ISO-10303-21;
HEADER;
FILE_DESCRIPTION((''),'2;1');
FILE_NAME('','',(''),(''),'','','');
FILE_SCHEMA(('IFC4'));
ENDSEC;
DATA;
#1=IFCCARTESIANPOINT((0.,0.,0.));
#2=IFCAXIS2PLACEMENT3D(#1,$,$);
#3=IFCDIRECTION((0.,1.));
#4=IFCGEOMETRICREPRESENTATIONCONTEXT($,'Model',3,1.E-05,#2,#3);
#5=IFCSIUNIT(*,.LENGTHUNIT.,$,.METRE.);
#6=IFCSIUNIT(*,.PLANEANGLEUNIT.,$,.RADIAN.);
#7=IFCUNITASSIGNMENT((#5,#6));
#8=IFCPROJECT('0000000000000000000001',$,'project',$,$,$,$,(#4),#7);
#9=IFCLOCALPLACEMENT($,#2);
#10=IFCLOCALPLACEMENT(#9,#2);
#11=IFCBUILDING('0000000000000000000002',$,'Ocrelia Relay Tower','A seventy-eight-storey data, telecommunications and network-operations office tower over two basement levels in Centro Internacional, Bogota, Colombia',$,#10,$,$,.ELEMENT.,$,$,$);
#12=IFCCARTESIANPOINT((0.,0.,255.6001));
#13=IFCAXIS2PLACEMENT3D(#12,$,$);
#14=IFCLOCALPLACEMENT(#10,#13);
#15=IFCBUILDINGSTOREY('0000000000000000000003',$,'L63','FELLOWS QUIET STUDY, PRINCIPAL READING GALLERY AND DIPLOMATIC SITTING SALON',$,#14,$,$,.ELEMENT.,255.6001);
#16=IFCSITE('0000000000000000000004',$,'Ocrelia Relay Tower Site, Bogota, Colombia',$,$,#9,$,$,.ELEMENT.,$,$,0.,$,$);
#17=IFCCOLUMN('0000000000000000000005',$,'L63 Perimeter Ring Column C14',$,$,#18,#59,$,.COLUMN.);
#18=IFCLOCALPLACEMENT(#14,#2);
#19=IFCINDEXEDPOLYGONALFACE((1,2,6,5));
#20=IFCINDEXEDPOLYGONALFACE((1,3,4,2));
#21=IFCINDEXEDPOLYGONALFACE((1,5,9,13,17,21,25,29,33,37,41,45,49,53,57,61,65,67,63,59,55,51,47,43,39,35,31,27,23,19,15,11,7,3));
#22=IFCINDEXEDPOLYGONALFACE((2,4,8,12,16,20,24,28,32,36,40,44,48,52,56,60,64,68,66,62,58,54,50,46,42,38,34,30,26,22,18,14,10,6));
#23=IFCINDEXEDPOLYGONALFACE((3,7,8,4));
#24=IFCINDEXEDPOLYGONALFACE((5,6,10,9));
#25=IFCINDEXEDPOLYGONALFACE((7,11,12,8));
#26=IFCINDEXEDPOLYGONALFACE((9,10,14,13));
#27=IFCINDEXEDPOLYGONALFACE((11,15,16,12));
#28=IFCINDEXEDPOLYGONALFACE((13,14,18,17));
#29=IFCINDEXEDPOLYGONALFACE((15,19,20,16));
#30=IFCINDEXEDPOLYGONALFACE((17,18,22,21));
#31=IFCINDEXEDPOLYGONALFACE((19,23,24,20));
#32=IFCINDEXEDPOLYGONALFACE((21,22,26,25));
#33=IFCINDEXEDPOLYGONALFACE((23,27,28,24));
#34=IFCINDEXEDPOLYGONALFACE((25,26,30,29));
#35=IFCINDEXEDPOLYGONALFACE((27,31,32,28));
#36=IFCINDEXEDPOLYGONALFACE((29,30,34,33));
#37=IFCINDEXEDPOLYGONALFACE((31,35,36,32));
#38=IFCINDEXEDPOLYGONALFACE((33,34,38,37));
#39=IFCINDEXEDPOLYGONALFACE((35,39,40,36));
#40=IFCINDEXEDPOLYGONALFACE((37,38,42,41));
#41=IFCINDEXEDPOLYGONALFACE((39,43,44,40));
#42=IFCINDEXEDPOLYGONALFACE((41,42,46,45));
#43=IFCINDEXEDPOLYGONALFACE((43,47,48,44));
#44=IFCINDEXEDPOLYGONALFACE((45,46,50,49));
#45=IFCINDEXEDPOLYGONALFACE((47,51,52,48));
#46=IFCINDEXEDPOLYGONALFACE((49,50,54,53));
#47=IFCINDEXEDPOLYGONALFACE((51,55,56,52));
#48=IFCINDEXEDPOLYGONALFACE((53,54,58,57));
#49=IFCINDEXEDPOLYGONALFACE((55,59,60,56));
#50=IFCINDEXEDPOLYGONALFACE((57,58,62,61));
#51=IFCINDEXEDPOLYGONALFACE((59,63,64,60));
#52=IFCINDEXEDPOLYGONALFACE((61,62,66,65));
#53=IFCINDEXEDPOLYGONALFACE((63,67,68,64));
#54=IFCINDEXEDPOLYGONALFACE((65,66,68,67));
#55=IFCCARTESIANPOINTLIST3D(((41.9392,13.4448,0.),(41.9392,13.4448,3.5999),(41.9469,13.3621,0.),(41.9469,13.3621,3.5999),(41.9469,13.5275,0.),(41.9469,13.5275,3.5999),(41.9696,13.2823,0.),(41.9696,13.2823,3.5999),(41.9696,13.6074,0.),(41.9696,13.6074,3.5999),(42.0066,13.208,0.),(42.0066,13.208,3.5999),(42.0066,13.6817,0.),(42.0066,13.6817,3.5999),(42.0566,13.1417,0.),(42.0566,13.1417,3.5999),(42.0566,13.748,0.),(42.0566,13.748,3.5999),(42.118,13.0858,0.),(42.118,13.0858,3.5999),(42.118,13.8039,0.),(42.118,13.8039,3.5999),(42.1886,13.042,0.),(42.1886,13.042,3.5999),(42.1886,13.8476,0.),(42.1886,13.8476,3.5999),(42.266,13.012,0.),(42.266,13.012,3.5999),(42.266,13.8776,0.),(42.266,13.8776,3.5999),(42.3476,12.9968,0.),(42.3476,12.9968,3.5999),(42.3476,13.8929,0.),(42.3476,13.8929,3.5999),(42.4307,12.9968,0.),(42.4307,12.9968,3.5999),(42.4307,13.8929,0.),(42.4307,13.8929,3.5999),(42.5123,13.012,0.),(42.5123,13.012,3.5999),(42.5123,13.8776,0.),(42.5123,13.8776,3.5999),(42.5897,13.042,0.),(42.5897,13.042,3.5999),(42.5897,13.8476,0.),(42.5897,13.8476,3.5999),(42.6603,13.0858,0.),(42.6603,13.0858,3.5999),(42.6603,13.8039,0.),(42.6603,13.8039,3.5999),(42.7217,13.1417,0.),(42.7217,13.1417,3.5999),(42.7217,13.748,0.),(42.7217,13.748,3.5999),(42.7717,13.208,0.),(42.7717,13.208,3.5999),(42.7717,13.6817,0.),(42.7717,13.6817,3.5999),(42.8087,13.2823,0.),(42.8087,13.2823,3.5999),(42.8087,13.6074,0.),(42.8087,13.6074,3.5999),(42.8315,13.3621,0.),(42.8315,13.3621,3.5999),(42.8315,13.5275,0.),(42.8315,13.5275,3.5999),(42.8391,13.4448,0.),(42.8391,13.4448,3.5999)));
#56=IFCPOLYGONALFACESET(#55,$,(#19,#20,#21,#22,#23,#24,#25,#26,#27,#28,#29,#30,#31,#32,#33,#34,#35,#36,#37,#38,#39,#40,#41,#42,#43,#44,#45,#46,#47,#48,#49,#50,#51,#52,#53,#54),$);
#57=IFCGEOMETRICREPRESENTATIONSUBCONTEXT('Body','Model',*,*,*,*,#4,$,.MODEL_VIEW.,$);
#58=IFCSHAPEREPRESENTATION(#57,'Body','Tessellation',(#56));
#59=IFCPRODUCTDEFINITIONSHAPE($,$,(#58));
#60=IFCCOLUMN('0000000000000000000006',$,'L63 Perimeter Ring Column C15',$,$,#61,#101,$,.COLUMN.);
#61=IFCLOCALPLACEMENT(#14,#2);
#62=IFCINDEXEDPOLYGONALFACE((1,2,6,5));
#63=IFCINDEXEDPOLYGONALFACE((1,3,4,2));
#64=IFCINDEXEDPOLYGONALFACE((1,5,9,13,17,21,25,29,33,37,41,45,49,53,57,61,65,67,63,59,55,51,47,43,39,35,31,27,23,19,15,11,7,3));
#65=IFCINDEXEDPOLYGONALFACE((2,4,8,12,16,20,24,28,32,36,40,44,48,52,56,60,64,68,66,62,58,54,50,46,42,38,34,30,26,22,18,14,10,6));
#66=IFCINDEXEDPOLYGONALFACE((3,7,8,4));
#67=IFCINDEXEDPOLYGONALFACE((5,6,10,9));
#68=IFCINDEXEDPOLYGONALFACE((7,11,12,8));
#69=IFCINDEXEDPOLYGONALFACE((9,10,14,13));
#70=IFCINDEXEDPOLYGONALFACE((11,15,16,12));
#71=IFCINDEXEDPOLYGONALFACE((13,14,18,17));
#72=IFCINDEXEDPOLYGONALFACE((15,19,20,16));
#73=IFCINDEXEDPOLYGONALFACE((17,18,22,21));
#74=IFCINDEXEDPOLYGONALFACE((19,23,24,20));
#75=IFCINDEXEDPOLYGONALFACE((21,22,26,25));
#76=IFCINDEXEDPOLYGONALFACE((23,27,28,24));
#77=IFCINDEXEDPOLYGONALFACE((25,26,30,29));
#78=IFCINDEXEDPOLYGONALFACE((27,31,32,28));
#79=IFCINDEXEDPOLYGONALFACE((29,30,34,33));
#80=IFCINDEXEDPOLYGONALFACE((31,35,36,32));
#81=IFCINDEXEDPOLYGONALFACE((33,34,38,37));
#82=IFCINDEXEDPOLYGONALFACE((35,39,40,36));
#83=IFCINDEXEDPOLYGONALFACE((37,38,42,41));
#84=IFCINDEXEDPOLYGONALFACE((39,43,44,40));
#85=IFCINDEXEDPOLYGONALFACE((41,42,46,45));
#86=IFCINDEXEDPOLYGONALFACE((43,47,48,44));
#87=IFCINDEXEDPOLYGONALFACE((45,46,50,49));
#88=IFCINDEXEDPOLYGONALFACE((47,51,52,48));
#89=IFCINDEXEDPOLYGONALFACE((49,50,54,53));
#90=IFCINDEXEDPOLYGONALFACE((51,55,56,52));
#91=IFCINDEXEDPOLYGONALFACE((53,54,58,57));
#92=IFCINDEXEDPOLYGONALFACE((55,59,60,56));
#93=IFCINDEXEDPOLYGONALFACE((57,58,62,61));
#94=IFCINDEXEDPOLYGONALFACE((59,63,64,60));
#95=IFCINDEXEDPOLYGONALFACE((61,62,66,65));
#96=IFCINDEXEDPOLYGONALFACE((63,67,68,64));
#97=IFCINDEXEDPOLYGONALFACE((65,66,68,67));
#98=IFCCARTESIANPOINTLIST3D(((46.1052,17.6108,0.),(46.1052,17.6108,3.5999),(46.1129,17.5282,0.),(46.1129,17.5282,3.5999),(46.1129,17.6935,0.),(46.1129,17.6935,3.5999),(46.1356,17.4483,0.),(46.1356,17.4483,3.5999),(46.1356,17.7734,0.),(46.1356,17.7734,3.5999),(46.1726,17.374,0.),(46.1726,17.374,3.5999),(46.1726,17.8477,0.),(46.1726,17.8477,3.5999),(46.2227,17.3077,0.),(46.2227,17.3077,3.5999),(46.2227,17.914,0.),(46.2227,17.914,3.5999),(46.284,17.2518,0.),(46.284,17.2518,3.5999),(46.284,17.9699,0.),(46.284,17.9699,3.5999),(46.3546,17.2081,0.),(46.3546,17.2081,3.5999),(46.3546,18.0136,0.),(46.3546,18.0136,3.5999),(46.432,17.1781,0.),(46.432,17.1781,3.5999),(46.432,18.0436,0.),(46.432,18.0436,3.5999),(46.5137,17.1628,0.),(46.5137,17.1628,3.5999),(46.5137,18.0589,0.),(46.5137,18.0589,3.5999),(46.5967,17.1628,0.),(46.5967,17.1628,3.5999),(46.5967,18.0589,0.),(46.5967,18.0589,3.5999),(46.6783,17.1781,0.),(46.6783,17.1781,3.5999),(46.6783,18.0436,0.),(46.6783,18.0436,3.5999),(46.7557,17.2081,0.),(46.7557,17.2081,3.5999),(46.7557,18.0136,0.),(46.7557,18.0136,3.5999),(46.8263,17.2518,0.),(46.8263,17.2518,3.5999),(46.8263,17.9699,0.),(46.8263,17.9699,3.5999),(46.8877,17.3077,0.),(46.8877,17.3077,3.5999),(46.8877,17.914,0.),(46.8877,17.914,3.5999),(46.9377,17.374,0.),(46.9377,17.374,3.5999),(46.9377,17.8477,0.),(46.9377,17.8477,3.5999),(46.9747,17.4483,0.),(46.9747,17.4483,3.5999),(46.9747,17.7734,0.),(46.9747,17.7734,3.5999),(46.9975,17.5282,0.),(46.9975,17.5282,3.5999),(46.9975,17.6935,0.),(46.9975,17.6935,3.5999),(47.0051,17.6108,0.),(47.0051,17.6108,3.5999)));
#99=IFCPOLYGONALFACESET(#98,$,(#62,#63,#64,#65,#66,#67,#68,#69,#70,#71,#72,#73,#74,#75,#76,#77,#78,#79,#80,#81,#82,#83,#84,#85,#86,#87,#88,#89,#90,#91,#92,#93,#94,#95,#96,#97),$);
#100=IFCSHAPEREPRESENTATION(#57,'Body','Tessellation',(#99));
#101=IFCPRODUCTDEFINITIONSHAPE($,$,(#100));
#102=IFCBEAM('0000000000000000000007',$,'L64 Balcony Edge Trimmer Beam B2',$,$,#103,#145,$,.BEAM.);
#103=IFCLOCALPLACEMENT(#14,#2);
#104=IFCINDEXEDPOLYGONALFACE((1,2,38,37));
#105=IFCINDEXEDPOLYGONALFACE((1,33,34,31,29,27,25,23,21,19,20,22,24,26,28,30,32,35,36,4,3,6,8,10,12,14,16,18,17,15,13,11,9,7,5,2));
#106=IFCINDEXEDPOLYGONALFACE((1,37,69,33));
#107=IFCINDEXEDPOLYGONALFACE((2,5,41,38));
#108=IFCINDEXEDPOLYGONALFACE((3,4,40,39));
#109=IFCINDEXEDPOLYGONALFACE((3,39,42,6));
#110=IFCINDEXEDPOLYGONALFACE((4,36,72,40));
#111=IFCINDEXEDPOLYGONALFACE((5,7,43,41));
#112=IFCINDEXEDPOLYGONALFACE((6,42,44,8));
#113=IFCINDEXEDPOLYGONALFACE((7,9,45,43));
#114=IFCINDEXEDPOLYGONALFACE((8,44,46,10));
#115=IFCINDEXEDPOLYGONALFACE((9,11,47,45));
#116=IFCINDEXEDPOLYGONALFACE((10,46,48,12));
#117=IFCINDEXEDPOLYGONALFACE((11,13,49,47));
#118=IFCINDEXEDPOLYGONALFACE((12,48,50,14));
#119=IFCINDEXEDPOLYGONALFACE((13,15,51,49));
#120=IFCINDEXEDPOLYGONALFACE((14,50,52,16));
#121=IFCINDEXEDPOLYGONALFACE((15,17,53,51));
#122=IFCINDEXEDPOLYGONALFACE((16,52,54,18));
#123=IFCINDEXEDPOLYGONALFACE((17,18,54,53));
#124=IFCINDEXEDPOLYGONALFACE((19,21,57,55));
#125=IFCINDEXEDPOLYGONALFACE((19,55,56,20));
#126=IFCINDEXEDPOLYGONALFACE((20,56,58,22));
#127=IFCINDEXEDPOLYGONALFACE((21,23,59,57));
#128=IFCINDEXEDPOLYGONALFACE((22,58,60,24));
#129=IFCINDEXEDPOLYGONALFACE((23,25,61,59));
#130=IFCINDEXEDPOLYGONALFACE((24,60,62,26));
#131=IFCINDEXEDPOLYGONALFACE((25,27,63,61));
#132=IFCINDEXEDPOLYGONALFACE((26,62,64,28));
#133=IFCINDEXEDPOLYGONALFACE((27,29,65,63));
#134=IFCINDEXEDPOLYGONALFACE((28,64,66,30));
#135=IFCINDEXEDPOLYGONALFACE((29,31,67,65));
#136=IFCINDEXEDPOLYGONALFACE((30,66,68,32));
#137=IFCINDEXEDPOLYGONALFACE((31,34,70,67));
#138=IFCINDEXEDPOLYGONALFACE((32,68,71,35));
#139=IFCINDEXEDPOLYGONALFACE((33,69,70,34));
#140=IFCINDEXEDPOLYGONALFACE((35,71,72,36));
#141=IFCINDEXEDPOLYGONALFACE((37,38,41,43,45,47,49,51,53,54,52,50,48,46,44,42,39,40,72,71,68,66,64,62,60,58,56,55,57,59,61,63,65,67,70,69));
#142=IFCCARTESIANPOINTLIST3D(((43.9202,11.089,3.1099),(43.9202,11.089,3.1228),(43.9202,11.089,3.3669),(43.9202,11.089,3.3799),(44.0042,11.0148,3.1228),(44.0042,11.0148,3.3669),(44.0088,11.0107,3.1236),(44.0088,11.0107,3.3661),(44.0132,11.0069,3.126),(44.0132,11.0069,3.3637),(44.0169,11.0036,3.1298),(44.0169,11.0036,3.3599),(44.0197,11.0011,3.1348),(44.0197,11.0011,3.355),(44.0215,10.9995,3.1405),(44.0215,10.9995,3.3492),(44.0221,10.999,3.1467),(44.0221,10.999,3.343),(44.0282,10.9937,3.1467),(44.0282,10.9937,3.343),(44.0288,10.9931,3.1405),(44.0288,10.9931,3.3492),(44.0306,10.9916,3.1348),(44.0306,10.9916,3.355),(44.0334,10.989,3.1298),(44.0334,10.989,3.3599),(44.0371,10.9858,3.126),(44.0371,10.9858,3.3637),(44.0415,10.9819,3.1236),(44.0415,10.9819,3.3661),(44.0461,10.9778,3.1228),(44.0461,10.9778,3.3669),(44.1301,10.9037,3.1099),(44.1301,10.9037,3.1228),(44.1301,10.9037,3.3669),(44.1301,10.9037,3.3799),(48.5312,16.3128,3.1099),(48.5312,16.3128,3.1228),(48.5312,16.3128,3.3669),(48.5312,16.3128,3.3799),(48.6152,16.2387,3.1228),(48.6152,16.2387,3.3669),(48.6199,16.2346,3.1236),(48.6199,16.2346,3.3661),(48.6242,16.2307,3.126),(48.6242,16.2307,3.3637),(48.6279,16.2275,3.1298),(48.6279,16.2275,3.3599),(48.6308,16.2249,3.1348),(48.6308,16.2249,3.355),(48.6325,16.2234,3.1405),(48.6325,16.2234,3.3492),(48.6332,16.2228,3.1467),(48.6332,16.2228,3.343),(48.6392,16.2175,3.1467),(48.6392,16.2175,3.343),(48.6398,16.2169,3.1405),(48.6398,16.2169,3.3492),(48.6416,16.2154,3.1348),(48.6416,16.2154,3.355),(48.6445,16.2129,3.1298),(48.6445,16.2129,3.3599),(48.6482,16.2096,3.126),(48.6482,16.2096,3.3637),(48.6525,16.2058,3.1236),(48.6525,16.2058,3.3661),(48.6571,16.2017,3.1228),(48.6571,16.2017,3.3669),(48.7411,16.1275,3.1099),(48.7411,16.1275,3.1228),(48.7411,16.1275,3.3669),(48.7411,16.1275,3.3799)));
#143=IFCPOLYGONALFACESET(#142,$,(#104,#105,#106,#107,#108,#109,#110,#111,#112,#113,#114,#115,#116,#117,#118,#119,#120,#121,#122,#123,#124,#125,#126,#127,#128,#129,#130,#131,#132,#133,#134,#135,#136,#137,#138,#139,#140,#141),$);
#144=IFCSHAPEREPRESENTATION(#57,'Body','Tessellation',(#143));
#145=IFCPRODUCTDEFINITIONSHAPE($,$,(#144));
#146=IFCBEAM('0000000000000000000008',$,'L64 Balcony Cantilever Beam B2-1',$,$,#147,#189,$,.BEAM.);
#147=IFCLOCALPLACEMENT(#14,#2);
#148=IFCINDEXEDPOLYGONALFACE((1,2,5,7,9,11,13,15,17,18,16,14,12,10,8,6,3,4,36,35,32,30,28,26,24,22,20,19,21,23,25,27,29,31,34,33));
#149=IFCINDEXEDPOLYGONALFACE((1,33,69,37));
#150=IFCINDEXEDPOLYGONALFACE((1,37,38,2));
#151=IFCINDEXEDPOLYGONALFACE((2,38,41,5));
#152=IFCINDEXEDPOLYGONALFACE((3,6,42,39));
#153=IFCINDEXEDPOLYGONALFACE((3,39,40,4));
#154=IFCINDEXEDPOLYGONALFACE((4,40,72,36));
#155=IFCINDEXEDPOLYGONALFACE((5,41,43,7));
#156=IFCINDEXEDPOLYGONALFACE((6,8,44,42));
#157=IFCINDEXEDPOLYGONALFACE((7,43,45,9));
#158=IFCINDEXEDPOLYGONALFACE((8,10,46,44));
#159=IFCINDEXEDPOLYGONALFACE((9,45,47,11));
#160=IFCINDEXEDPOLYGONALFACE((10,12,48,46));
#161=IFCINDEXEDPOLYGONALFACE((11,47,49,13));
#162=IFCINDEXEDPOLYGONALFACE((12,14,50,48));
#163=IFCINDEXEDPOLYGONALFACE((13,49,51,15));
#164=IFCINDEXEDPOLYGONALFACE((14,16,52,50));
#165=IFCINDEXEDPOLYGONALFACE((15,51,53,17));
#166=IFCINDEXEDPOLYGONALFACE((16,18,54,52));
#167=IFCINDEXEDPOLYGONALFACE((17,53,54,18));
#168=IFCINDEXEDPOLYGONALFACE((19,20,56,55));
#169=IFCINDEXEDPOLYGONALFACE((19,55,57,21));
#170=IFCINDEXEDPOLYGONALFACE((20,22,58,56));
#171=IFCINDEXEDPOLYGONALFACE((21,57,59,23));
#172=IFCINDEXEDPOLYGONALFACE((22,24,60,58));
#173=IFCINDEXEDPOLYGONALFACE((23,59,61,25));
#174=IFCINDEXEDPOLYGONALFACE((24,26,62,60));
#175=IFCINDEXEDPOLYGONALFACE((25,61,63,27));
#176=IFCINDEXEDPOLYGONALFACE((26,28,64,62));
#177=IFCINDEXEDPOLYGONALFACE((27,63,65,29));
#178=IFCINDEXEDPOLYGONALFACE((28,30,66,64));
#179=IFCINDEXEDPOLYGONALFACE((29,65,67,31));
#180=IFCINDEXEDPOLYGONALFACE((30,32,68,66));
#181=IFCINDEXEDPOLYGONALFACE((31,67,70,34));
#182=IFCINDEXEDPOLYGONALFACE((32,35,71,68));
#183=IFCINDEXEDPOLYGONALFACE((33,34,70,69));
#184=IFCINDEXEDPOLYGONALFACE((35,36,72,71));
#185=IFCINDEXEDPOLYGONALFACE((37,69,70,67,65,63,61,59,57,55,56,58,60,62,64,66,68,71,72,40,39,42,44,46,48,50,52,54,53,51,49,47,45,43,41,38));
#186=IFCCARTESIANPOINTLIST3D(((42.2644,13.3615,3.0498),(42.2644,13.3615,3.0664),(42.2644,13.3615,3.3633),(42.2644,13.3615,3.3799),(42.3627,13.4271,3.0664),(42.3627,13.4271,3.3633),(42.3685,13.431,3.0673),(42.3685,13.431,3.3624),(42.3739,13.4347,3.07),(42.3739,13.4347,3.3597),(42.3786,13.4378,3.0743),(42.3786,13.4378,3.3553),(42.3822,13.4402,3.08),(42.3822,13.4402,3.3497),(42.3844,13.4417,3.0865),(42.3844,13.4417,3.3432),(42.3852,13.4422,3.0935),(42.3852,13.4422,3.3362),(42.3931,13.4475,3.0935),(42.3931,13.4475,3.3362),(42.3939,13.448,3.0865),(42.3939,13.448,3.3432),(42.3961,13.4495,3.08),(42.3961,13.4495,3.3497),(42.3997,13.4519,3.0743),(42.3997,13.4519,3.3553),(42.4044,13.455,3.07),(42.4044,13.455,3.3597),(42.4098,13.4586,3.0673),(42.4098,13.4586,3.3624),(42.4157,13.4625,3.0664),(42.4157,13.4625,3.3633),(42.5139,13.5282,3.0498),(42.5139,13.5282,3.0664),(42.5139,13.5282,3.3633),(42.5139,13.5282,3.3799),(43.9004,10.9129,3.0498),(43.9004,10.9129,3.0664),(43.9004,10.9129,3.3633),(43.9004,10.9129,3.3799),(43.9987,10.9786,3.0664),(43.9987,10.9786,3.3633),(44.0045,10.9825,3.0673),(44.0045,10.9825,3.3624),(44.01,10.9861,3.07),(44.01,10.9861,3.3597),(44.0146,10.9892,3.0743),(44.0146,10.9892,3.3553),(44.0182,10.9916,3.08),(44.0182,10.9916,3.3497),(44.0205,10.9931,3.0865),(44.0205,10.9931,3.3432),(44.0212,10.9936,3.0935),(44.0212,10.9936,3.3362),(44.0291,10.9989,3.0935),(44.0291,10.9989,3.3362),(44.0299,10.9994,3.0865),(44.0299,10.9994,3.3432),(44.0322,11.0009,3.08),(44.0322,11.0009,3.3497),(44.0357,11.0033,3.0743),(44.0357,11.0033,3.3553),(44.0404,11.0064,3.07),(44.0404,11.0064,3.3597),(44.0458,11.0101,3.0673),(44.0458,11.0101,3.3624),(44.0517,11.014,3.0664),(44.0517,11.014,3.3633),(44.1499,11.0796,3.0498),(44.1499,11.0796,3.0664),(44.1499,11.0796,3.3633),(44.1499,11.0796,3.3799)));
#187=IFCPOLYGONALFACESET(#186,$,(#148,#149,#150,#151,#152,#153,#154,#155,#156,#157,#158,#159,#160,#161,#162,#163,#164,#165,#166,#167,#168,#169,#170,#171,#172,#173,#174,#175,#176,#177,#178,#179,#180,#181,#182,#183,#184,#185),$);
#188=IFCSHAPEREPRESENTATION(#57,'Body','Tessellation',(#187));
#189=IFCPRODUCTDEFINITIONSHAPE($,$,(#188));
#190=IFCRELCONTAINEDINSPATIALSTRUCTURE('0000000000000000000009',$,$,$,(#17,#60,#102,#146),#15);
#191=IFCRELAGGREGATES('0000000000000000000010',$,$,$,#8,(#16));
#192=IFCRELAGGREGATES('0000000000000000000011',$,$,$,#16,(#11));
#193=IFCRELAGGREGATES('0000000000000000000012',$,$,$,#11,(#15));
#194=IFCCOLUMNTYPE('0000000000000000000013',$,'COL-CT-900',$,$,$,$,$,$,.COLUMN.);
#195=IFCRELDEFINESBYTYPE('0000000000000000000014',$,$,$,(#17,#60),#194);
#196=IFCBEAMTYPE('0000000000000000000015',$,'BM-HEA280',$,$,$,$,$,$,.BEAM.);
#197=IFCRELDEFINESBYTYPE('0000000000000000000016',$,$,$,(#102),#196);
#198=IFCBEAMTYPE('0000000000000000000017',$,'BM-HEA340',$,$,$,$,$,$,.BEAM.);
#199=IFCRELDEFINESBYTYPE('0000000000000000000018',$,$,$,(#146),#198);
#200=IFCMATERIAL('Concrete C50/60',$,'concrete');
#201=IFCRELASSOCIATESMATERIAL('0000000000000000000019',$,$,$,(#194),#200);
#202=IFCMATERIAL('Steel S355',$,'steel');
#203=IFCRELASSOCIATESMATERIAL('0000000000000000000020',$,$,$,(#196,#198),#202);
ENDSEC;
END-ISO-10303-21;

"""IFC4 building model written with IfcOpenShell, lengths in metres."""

from ifc_helpers import new_model, si_unit, direction, frame, origin, origin_2d, place, context, subcontext, project, spatial, circle, i_section, extrude, material, material_profile, profile_set, type_object, element, save


model = new_model("IFC4")

# Units and contexts
model_context = context("Model", 3, precision=1e-05, world=origin(), true_north=direction((0.0, 1.0)))
body_context = subcontext(model_context, "Body", "Model", "MODEL_VIEW")
ifc_project = project(units=[si_unit("LENGTHUNIT", "METRE"), si_unit("PLANEANGLEUNIT", "RADIAN")], contexts=[model_context])

# Site, building, storey
site_placement = place(None, origin())
site = spatial("IfcSite", under=ifc_project, at=site_placement, Name="Ocrelia Relay Tower Site, Bogota, Colombia", CompositionType="ELEMENT", RefElevation=0.0)
building_placement = place(site_placement, origin())
building = spatial("IfcBuilding", under=site, at=building_placement, Name="Ocrelia Relay Tower", Description="A seventy-eight-storey data, telecommunications and network-operations office tower over two basement levels in Centro Internacional, Bogota, Colombia", CompositionType="ELEMENT")
storey_placement = place(building_placement, frame((0.0, 0.0, 255.6001)))
storey = spatial("IfcBuildingStorey", under=building, at=storey_placement, Name="L63", Description="FELLOWS QUIET STUDY, PRINCIPAL READING GALLERY AND DIPLOMATIC SITTING SALON", CompositionType="ELEMENT", Elevation=255.6001)

# Columns
ifc_material_1 = material(Name="Concrete C50/60", Category="concrete")
ifc_material_profile_1 = material_profile(ifc_material_1, circle(Radius=0.45, at=origin_2d()), Name="RC-CIR-900")
ifc_profile_set_1 = profile_set([ifc_material_profile_1], Name="Concrete C50/60")
column_type = type_object("IfcColumnType", Name="COL-CT-900", PredefinedType="COLUMN", material=ifc_profile_set_1)
for number, where, z_axis, x_axis, name in (
    (1, (42.3892, 13.4448, 0.0), (0.0, 0.0, 1.0), (1.0, 0.0, 0.0), "L63 Perimeter Ring Column C14"),
    (2, (46.5552, 17.6108, 0.0), (0.0, 0.0, 1.0), (1.0, 0.0, 0.0), "L63 Perimeter Ring Column C15"),
):
    element("IfcColumn", number, at=place(storey_placement, frame(where, z_axis=z_axis, x_axis=x_axis)), inside=storey, type_object=column_type, Name=name, PredefinedType="COLUMN", context=body_context, shape_type="SweptSolid", body=[
        extrude(circle(Radius=0.45, at=origin_2d()), origin(), (0.0, 0.0, 1.0), 3.5999),
    ])

# Beams
ifc_material_2 = material(Name="Steel S355", Category="steel")
ifc_material_profile_2 = material_profile(ifc_material_2, i_section(OverallWidth=0.28, OverallDepth=0.27, WebThickness=0.0081, FlangeThickness=0.0129, FilletRadius=0.0239, at=origin_2d()), Name="HEA 280")
ifc_profile_set_2 = profile_set([ifc_material_profile_2], Name="Steel S355")
beam_type_1 = type_object("IfcBeamType", Name="BM-HEA280", PredefinedType="BEAM", material=ifc_profile_set_2)
beam_1_placement = place(storey_placement, frame((44.0251, 10.9963, 3.2449), z_axis=(0.661765, 0.749711, 0.0), x_axis=(-0.749711, 0.661765, 0.0)))
element("IfcBeam", 3, at=beam_1_placement, inside=storey, type_object=beam_type_1, Name="L64 Balcony Edge Trimmer Beam B2", PredefinedType="BEAM", context=body_context, shape_type="SweptSolid", body=[
    extrude(i_section(OverallWidth=0.28, OverallDepth=0.27, WebThickness=0.0081, FlangeThickness=0.0129, FilletRadius=0.0239, at=origin_2d()), origin(), (0.0, 0.0, 1.0), 6.9678),
])
ifc_material_profile_3 = material_profile(ifc_material_2, i_section(OverallWidth=0.3, OverallDepth=0.3301, WebThickness=0.0095, FlangeThickness=0.0166, FilletRadius=0.0271, at=origin_2d()), Name="HEA 340")
ifc_profile_set_3 = profile_set([ifc_material_profile_3], Name="Steel S355")
beam_type_2 = type_object("IfcBeamType", Name="BM-HEA340", PredefinedType="BEAM", material=ifc_profile_set_3)
beam_2_placement = place(storey_placement, frame((42.3892, 13.4448, 3.2148), z_axis=(0.555561, -0.831476, 0.0), x_axis=(0.831476, 0.555561, 0.0)))
element("IfcBeam", 4, at=beam_2_placement, inside=storey, type_object=beam_type_2, Name="L64 Balcony Cantilever Beam B2-1", PredefinedType="BEAM", context=body_context, shape_type="SweptSolid", body=[
    extrude(i_section(OverallWidth=0.3, OverallDepth=0.3301, WebThickness=0.0095, FlangeThickness=0.0166, FilletRadius=0.0271, at=origin_2d()), origin(), (0.0, 0.0, 1.0), 2.9448),
])

save(model, "model.ifc")
